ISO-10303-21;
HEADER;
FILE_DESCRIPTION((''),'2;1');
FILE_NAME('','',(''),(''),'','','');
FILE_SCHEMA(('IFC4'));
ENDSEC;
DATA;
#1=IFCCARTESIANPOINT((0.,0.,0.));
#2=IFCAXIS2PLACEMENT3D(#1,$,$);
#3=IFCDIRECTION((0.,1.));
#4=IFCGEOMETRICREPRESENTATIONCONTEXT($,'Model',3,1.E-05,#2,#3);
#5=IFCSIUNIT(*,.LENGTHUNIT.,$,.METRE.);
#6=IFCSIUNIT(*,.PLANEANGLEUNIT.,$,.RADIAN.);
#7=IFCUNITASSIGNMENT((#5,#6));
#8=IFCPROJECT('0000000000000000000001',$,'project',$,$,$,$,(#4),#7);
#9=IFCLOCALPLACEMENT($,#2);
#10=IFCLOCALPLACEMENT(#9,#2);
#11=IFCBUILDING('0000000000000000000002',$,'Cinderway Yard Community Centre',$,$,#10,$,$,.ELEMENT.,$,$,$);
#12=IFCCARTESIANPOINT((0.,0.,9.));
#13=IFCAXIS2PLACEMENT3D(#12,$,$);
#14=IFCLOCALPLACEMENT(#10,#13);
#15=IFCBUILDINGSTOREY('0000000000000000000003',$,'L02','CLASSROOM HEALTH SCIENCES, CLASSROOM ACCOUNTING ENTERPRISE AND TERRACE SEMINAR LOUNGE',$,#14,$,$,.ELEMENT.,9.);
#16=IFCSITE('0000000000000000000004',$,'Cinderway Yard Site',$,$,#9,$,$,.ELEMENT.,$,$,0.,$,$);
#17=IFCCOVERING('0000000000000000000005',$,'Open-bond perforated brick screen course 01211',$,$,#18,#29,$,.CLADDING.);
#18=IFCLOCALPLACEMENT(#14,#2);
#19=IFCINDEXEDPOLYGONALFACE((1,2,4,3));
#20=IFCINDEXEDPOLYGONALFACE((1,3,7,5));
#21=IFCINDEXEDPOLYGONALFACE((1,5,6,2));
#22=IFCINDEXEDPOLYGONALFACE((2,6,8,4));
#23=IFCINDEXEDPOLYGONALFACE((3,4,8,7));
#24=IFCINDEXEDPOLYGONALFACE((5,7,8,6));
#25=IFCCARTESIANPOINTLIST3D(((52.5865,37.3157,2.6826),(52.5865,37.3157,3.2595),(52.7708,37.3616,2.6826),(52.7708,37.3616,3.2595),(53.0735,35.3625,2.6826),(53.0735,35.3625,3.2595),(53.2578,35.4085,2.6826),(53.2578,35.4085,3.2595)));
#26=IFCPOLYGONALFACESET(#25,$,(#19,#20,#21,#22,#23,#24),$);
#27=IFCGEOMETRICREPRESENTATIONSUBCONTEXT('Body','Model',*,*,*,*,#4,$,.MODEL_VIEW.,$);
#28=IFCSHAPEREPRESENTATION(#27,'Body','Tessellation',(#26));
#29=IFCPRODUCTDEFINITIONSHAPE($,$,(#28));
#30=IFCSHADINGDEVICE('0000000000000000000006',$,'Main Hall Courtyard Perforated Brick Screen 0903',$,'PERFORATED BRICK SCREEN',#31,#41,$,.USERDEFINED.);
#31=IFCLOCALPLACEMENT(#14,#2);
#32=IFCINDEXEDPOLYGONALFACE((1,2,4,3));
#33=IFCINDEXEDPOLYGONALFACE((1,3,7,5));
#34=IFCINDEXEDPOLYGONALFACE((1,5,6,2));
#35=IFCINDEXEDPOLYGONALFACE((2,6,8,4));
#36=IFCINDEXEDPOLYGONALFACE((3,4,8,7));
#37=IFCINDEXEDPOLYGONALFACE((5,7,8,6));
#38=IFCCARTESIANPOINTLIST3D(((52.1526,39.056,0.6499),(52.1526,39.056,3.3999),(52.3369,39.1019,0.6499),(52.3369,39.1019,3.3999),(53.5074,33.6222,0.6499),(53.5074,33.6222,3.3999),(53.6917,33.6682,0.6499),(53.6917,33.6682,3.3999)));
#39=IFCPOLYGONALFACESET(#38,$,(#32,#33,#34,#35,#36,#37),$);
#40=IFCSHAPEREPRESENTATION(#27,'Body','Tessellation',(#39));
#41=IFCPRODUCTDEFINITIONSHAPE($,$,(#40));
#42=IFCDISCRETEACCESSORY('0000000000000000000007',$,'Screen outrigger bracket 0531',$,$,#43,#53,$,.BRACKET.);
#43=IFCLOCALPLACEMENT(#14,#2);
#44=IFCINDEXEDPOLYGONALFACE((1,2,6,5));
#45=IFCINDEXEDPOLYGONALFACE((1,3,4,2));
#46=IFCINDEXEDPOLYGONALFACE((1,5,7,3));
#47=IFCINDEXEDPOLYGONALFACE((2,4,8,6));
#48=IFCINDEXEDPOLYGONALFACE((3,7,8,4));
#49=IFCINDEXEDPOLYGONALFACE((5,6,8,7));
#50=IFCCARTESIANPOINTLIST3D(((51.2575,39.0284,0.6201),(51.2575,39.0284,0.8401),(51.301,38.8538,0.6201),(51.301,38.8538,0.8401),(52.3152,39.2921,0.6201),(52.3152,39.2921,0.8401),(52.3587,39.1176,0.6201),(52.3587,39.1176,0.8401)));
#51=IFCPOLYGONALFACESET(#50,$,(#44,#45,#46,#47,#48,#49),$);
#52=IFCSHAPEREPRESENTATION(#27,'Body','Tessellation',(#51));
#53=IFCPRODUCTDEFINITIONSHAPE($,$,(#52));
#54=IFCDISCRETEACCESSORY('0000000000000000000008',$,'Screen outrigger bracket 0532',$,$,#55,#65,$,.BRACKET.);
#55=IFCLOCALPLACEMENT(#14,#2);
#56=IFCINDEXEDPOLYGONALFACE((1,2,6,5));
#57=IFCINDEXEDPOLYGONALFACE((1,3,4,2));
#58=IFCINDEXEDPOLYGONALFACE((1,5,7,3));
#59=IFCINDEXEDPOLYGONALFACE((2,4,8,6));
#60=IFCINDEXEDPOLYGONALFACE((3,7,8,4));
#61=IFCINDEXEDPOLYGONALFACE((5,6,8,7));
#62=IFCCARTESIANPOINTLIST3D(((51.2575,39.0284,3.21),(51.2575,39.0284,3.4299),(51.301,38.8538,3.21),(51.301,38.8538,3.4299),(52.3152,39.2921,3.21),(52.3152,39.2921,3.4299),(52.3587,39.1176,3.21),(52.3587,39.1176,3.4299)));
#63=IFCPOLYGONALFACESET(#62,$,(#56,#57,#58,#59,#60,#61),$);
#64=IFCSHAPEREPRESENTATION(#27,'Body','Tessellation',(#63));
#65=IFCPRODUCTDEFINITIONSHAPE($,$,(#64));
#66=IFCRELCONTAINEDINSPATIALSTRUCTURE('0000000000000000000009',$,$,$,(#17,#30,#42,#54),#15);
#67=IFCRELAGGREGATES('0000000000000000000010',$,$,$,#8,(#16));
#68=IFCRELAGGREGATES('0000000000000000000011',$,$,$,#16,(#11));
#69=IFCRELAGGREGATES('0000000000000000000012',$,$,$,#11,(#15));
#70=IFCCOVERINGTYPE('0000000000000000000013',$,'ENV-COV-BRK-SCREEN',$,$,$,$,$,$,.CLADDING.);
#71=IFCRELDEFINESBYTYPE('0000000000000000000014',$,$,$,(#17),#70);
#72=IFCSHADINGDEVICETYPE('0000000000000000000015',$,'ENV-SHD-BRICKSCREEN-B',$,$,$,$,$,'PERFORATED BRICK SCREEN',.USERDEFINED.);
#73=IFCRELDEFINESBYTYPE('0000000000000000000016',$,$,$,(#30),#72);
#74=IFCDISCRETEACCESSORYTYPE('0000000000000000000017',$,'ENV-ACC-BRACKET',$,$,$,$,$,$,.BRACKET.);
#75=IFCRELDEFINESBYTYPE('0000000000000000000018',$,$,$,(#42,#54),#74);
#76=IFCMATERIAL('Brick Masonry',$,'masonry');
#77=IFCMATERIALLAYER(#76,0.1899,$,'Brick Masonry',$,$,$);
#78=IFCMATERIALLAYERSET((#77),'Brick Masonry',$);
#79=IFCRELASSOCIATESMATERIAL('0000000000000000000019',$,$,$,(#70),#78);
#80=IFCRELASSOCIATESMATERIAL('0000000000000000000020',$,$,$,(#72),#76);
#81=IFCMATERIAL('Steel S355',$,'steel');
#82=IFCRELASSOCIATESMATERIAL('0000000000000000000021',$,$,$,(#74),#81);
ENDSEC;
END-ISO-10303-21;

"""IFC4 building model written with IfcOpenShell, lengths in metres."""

from ifc_helpers import new_model, si_unit, direction, frame, origin, origin_2d, place, context, subcontext, project, spatial, rectangle, extrude, material, layer, layer_set, type_object, element, save


model = new_model("IFC4")

# Units and contexts
model_context = context("Model", 3, precision=1e-05, world=origin(), true_north=direction((0.0, 1.0)))
body_context = subcontext(model_context, "Body", "Model", "MODEL_VIEW")
ifc_project = project(units=[si_unit("LENGTHUNIT", "METRE"), si_unit("PLANEANGLEUNIT", "RADIAN")], contexts=[model_context])

# Site, building, storey
site_placement = place(None, origin())
site = spatial("IfcSite", under=ifc_project, at=site_placement, Name="Cinderway Yard Site", CompositionType="ELEMENT", RefElevation=0.0)
building_placement = place(site_placement, origin())
building = spatial("IfcBuilding", under=site, at=building_placement, Name="Cinderway Yard Community Centre", CompositionType="ELEMENT")
storey_placement = place(building_placement, frame((0.0, 0.0, 9.0)))
storey = spatial("IfcBuildingStorey", under=building, at=storey_placement, Name="L02", Description="CLASSROOM HEALTH SCIENCES, CLASSROOM ACCOUNTING ENTERPRISE AND TERRACE SEMINAR LOUNGE", CompositionType="ELEMENT", Elevation=9.0)

# Shared definitions
ifc_material_1 = material(Name="Steel S355", Category="steel")

# Covering
ifc_material_2 = material(Name="Brick Masonry", Category="masonry")
ifc_layer_1 = layer(ifc_material_2, 0.1899, Name="Brick Masonry")
ifc_layer_set_1 = layer_set([ifc_layer_1], Name="Brick Masonry")
covering_type = type_object("IfcCoveringType", Name="ENV-COV-BRK-SCREEN", PredefinedType="CLADDING", material=ifc_layer_set_1)
for number, where, z_axis, x_axis, name in (
    (1, (52.9221, 36.3621, 2.6826), (0.0, 0.0, 1.0), (0.241922, -0.970296, 0.0), "Open-bond perforated brick screen course 01211"),
):
    element("IfcCovering", number, at=place(storey_placement, frame(where, z_axis=z_axis, x_axis=x_axis)), inside=storey, type_object=covering_type, Name=name, PredefinedType="CLADDING", context=body_context, shape_type="SweptSolid", body=[
        extrude(rectangle(XDim=2.0129, YDim=0.1899, at=origin_2d()), origin(), (0.0, 0.0, 1.0), 0.5769),
    ])

# Shading device
shading_device_type = type_object("IfcShadingDeviceType", Name="ENV-SHD-BRICKSCREEN-B", ElementType="PERFORATED BRICK SCREEN", PredefinedType="USERDEFINED", material=ifc_material_2)
shading_device_placement = place(storey_placement, frame((52.9221, 36.3621, 0.6499), z_axis=(0.0, 0.0, 1.0), x_axis=(0.241922, -0.970296, 0.0)))
element("IfcShadingDevice", 2, at=shading_device_placement, inside=storey, type_object=shading_device_type, Name="Main Hall Courtyard Perforated Brick Screen 0903", ObjectType="PERFORATED BRICK SCREEN", PredefinedType="USERDEFINED", context=body_context, shape_type="SweptSolid", body=[
    extrude(rectangle(XDim=5.6001, YDim=0.1899, at=origin_2d()), origin(), (0.0, 0.0, 1.0), 2.75),
])

# Discrete accessories
discrete_accessory_type = type_object("IfcDiscreteAccessoryType", Name="ENV-ACC-BRACKET", PredefinedType="BRACKET", material=ifc_material_1)
for number, where, z_axis, x_axis, name in (
    (3, (51.8081, 39.073, 0.6201), (0.0, 0.0, 1.0), (0.970296, 0.241922, 0.0), "Screen outrigger bracket 0531"),
    (4, (51.8081, 39.073, 3.21), (0.0, 0.0, 1.0), (0.970296, 0.241922, 0.0), "Screen outrigger bracket 0532"),
):
    element("IfcDiscreteAccessory", number, at=place(storey_placement, frame(where, z_axis=z_axis, x_axis=x_axis)), inside=storey, type_object=discrete_accessory_type, Name=name, PredefinedType="BRACKET", context=body_context, shape_type="SweptSolid", body=[
        extrude(rectangle(XDim=1.0901, YDim=0.1799, at=origin_2d()), origin(), (0.0, 0.0, 1.0), 0.22),
    ])

save(model, "model.ifc")
